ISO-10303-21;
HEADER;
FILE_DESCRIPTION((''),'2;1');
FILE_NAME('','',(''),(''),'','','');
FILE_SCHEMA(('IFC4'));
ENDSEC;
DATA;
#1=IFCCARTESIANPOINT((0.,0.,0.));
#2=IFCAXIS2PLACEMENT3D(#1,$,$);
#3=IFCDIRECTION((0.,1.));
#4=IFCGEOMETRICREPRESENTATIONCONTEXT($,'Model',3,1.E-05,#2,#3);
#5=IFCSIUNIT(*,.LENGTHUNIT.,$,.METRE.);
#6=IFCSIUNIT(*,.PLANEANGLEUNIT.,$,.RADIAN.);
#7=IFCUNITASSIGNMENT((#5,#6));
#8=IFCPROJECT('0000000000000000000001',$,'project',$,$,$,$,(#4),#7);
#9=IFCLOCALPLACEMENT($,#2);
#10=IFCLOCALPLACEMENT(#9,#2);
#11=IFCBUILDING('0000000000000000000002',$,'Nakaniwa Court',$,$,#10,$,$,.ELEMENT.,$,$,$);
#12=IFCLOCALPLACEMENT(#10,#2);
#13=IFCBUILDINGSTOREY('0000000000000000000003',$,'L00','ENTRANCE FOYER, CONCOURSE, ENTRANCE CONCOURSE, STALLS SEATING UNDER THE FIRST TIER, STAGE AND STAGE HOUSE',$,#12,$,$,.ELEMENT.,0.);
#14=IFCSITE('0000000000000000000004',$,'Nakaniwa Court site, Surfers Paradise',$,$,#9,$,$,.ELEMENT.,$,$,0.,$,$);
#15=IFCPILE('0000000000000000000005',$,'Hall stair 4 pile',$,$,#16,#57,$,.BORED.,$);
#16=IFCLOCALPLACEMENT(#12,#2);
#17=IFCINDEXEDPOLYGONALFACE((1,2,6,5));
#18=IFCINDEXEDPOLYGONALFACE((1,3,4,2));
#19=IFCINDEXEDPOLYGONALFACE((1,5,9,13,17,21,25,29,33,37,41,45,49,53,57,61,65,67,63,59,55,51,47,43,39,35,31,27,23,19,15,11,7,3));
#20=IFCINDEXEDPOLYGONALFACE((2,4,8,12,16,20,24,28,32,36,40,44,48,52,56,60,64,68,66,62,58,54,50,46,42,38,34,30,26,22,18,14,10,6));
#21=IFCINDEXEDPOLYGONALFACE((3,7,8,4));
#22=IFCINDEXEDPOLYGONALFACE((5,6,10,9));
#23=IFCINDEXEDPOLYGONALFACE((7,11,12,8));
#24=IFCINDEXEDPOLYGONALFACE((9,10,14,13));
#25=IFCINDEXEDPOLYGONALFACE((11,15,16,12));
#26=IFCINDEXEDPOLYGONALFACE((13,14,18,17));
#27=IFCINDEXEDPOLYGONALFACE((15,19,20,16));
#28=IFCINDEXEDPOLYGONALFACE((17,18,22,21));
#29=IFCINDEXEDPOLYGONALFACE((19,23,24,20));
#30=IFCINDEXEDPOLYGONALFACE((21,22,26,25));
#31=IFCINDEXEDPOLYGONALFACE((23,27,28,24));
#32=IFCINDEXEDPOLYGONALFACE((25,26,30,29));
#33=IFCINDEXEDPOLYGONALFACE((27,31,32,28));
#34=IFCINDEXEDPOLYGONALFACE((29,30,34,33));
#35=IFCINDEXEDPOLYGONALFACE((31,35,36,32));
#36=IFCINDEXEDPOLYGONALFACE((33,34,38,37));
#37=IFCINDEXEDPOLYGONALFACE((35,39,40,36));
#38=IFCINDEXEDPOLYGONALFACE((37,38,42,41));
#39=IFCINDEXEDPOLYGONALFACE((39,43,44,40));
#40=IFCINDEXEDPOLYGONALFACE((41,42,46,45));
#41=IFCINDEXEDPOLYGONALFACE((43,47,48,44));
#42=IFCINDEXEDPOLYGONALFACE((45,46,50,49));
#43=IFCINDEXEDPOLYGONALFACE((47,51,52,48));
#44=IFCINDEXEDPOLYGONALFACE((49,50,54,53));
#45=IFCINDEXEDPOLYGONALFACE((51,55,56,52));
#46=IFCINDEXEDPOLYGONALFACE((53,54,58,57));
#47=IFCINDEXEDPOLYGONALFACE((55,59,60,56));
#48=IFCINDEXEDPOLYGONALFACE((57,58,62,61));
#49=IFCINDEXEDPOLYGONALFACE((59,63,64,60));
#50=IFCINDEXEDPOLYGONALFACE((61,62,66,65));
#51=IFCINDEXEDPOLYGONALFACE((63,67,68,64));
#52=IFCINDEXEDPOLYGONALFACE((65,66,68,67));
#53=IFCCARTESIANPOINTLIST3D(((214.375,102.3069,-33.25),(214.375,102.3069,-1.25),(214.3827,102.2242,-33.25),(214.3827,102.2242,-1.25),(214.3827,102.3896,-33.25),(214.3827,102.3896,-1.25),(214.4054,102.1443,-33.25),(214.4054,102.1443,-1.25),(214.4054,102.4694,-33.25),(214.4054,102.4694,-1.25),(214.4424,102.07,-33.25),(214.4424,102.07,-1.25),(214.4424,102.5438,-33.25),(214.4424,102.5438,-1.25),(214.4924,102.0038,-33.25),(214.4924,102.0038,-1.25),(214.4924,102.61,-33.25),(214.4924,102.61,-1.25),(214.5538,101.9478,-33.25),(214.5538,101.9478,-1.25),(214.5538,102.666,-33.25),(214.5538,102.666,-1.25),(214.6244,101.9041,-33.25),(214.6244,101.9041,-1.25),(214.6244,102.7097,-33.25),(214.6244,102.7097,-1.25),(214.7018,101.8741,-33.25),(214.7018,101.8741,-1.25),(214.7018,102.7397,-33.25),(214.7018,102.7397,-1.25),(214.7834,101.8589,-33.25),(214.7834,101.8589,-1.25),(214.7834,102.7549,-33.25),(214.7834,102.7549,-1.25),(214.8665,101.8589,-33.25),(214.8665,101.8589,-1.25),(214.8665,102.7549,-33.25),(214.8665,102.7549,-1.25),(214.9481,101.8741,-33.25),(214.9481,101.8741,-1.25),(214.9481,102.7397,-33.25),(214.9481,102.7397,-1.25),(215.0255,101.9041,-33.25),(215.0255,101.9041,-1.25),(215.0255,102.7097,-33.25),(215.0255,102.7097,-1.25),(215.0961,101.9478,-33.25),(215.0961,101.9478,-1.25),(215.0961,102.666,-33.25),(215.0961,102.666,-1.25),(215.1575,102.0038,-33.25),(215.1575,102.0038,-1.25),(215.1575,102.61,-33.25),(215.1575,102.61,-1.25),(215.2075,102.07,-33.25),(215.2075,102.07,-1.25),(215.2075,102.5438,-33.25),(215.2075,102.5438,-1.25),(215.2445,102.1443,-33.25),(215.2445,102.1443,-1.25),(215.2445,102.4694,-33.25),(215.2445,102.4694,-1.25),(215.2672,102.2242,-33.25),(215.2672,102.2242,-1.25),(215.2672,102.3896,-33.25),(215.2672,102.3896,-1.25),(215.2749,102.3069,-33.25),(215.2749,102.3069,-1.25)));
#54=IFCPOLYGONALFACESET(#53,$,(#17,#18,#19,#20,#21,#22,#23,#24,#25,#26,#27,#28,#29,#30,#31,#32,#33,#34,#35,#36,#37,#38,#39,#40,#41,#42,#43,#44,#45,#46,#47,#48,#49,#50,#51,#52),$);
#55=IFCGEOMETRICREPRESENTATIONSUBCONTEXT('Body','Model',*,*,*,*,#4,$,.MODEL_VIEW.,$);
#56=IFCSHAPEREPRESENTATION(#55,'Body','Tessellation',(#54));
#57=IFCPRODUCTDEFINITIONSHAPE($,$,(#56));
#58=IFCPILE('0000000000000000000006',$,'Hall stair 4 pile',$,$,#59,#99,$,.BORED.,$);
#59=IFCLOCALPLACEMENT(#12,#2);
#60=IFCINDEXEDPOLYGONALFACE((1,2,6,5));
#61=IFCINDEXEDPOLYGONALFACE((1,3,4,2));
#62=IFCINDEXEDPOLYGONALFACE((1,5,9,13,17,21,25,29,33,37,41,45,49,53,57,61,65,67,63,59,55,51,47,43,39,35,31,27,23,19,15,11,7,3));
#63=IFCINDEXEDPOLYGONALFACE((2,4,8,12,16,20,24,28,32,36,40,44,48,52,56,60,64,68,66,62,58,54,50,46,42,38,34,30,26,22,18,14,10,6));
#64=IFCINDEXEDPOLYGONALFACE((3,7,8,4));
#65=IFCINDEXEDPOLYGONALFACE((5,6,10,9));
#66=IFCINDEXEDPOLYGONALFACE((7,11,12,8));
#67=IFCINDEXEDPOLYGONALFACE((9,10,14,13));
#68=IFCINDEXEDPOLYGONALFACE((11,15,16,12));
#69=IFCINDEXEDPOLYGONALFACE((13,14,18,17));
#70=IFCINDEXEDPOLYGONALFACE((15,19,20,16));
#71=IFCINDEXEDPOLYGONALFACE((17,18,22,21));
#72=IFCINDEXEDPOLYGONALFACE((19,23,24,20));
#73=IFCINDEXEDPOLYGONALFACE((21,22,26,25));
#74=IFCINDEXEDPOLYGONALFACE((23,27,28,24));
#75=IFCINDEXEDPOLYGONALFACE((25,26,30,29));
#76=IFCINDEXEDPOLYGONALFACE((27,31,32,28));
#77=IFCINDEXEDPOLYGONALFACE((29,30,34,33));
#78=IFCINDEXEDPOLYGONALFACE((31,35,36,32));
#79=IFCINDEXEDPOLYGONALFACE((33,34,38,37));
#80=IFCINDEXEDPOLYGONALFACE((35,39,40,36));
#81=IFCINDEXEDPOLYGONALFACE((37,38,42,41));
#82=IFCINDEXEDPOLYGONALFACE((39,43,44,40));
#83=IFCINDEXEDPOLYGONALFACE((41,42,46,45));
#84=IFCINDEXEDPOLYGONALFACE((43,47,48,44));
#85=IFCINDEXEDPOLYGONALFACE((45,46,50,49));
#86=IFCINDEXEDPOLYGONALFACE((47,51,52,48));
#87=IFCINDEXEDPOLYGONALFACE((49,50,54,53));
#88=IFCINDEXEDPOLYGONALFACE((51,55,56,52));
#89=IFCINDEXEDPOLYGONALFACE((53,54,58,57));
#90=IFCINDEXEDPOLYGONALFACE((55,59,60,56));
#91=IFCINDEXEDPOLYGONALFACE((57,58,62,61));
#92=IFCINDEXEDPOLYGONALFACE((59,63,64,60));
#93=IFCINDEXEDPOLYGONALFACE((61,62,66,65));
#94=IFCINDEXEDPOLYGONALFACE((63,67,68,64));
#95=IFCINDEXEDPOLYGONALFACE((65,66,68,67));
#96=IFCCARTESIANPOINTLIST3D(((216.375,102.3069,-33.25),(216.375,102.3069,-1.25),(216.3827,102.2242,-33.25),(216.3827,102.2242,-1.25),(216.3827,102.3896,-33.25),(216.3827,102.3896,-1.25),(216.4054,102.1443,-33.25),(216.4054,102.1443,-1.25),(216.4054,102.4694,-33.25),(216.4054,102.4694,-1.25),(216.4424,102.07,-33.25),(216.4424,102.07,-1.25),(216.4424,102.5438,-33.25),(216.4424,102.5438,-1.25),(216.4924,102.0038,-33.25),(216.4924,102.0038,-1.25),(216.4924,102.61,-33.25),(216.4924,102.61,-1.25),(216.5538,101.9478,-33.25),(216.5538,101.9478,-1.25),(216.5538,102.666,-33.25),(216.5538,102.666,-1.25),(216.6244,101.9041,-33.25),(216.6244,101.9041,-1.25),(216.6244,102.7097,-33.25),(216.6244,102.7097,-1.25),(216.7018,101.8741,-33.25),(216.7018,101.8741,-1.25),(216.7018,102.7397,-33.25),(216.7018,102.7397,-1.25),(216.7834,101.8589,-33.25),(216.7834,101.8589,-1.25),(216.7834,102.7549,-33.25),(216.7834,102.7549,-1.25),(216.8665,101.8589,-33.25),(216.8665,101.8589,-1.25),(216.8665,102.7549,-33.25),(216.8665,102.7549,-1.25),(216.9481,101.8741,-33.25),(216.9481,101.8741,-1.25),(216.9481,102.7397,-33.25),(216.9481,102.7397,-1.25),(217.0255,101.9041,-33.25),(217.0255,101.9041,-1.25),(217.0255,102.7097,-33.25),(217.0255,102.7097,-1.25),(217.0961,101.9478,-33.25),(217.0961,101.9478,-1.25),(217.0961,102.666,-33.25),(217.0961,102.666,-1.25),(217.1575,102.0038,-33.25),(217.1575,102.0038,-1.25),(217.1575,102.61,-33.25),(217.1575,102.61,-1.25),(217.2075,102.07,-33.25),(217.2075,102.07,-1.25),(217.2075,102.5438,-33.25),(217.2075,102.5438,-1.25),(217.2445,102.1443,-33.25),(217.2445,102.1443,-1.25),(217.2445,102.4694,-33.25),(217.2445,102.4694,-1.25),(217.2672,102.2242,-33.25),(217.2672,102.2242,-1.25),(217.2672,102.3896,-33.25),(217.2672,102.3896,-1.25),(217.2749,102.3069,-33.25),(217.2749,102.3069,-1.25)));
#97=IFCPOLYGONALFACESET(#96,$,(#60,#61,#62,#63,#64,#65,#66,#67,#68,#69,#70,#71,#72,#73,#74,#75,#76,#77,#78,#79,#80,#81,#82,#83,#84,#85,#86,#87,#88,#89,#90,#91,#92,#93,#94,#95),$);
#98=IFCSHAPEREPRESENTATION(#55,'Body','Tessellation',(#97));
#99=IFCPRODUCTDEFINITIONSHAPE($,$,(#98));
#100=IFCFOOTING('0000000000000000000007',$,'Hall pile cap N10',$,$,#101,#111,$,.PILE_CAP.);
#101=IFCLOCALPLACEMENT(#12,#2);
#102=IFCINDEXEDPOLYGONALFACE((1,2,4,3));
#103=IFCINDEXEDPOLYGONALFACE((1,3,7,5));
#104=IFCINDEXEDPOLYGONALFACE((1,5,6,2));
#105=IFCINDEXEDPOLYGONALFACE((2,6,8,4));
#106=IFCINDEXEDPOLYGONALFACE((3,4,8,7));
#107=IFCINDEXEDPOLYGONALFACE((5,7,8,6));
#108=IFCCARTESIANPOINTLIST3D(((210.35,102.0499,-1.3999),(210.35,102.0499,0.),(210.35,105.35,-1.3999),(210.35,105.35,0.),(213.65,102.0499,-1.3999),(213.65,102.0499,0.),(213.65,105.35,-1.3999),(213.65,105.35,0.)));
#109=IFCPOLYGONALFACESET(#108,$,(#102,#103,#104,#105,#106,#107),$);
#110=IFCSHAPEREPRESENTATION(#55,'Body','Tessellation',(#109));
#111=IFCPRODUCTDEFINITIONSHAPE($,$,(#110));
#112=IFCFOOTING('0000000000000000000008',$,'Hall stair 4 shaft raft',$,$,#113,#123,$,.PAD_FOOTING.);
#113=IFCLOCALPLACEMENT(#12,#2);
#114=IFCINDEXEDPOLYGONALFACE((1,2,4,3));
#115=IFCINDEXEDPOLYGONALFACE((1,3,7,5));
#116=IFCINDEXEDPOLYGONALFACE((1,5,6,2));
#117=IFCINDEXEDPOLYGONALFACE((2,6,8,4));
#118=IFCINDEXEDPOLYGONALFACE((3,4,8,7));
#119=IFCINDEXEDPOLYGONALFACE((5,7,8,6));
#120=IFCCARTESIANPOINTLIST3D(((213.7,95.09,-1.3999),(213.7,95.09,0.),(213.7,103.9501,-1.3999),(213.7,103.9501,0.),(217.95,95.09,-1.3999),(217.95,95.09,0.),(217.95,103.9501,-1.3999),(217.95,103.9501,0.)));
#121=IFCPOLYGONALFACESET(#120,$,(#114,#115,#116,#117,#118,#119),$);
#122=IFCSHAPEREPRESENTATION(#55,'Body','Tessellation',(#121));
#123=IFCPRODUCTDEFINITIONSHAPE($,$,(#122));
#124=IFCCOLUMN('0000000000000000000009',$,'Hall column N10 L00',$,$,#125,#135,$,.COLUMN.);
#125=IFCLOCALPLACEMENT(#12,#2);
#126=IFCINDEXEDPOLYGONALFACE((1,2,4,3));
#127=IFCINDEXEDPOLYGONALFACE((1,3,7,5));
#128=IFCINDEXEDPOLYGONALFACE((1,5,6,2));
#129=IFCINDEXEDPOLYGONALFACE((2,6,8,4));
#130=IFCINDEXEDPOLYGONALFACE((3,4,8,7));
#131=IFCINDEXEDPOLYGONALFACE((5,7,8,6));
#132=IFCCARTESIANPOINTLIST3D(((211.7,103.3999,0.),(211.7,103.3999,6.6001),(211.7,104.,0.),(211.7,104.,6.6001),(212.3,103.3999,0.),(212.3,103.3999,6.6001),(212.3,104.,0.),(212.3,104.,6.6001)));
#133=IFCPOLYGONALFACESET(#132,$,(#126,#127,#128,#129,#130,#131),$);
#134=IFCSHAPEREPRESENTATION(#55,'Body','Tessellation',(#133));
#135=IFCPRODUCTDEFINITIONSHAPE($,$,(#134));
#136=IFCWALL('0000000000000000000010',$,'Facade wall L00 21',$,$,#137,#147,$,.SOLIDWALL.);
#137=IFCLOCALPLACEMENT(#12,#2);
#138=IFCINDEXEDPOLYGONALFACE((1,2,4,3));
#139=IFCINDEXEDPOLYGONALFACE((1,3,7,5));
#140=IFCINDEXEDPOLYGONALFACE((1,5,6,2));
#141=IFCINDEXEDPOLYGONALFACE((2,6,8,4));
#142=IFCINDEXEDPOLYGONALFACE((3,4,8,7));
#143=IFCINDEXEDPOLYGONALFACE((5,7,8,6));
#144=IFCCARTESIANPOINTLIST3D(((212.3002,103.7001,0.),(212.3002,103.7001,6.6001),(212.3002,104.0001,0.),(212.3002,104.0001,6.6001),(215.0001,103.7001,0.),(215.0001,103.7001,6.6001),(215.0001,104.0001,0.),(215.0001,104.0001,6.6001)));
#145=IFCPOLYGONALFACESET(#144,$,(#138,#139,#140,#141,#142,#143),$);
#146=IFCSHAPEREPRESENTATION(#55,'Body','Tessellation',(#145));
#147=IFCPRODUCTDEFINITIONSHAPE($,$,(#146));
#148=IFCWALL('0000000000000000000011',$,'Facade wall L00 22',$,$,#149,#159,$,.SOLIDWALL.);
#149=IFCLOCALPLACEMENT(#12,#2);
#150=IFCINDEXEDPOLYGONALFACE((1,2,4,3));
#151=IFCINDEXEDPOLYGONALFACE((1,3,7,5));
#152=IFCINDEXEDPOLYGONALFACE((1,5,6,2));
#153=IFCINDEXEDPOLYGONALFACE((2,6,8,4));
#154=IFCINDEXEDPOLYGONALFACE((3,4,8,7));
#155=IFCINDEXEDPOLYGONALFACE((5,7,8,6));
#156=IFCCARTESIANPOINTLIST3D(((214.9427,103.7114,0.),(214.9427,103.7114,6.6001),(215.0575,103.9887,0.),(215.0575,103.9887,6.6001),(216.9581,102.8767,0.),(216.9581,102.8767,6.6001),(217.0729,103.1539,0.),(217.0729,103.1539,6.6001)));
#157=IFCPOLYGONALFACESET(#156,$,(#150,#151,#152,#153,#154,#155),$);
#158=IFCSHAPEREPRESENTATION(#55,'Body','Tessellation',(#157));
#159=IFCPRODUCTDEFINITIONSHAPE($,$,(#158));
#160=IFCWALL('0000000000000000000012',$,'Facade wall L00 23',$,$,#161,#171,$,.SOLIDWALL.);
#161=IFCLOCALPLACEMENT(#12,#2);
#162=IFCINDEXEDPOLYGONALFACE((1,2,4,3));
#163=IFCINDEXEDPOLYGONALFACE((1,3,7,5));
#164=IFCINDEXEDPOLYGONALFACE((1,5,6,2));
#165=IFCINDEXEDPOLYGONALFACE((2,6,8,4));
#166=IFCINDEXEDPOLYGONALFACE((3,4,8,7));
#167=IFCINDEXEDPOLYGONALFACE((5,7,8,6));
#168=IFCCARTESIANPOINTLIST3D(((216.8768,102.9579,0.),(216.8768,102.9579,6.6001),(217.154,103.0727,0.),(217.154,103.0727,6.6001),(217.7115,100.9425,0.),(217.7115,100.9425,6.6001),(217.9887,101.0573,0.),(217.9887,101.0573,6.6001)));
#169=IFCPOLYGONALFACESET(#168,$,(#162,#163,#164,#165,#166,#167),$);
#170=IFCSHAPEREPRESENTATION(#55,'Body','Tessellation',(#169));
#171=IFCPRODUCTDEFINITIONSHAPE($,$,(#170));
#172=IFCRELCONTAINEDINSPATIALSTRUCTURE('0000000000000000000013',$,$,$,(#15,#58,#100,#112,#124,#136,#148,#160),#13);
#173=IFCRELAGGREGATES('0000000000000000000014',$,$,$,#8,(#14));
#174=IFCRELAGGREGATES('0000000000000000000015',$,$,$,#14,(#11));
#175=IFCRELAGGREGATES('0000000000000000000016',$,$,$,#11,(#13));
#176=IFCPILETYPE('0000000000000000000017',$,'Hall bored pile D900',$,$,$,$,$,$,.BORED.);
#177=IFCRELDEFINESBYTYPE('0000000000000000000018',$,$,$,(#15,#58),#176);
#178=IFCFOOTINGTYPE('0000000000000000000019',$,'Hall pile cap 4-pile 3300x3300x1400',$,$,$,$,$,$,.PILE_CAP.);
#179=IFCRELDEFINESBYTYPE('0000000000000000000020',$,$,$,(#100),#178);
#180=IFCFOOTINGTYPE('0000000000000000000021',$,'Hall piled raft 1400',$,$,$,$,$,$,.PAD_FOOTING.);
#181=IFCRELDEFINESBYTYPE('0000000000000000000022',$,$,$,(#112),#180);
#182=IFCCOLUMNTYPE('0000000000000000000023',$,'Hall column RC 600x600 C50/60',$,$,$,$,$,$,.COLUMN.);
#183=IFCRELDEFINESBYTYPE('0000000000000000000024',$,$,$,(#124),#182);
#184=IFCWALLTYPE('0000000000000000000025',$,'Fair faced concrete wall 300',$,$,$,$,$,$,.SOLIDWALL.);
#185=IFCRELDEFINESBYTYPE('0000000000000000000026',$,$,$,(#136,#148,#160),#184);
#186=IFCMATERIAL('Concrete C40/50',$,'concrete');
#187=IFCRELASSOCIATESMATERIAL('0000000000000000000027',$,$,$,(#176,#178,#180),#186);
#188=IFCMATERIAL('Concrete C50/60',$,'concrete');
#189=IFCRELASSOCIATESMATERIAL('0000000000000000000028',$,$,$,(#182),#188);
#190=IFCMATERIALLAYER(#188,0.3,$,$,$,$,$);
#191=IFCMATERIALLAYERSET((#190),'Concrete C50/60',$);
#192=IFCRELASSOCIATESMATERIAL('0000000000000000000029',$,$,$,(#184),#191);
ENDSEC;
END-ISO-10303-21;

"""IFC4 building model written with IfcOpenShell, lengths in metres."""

from ifc_helpers import new_model, si_unit, direction, frame, frame_2d, origin, origin_2d, place, context, subcontext, project, spatial, rectangle, circle, extrude, material, layer, layer_set, material_profile, profile_set, type_object, element, save


model = new_model("IFC4")

# Units and contexts
model_context = context("Model", 3, precision=1e-05, world=origin(), true_north=direction((0.0, 1.0)))
body_context = subcontext(model_context, "Body", "Model", "MODEL_VIEW")
ifc_project = project(units=[si_unit("LENGTHUNIT", "METRE"), si_unit("PLANEANGLEUNIT", "RADIAN")], contexts=[model_context])

# Site, building, storey
site_placement = place(None, origin())
site = spatial("IfcSite", under=ifc_project, at=site_placement, Name="Nakaniwa Court site, Surfers Paradise", CompositionType="ELEMENT", RefElevation=0.0)
building_placement = place(site_placement, origin())
building = spatial("IfcBuilding", under=site, at=building_placement, Name="Nakaniwa Court", CompositionType="ELEMENT")
storey_placement = place(building_placement, origin())
storey = spatial("IfcBuildingStorey", under=building, at=storey_placement, Name="L00", Description="ENTRANCE FOYER, CONCOURSE, ENTRANCE CONCOURSE, STALLS SEATING UNDER THE FIRST TIER, STAGE AND STAGE HOUSE", CompositionType="ELEMENT", Elevation=0.0)

# Piles
ifc_material_1 = material(Name="Concrete C40/50", Category="concrete")
ifc_material_profile_1 = material_profile(ifc_material_1, circle(Radius=0.45, at=origin_2d()), Name="Bored pile D900")
ifc_profile_set_1 = profile_set([ifc_material_profile_1], Name="Concrete C40/50")
pile_type = type_object("IfcPileType", Name="Hall bored pile D900", PredefinedType="BORED", material=ifc_profile_set_1)
for number, where, z_axis, x_axis, name in (
    (1, (214.825, 102.3069, -1.25), (0.0, 0.0, -1.0), (1.0, 0.0, 0.0), "Hall stair 4 pile"),
    (2, (216.825, 102.3069, -1.25), (0.0, 0.0, -1.0), (1.0, 0.0, 0.0), "Hall stair 4 pile"),
):
    element("IfcPile", number, at=place(storey_placement, frame(where, z_axis=z_axis, x_axis=x_axis)), inside=storey, type_object=pile_type, Name=name, PredefinedType="BORED", context=body_context, shape_type="SweptSolid", body=[
        extrude(circle(Radius=0.45, at=origin_2d()), origin(), (0.0, 0.0, 1.0), 32.0),
    ])

# Footings
footing_type_1 = type_object("IfcFootingType", Name="Hall pile cap 4-pile 3300x3300x1400", PredefinedType="PILE_CAP", material=ifc_material_1)
footing_1_placement = place(storey_placement, frame((212.0, 103.7, -1.3999), z_axis=(0.0, 0.0, 1.0), x_axis=(1.0, 0.0, 0.0)))
element("IfcFooting", 3, at=footing_1_placement, inside=storey, type_object=footing_type_1, Name="Hall pile cap N10", PredefinedType="PILE_CAP", context=body_context, shape_type="SweptSolid", body=[
    extrude(rectangle(XDim=3.3, YDim=3.3, at=origin_2d()), origin(), (0.0, 0.0, 1.0), 1.3999),
])
footing_type_2 = type_object("IfcFootingType", Name="Hall piled raft 1400", PredefinedType="PAD_FOOTING", material=ifc_material_1)
footing_2_placement = place(storey_placement, frame((215.825, 99.52, -1.3999), z_axis=(0.0, 0.0, 1.0), x_axis=(1.0, 0.0, 0.0)))
element("IfcFooting", 4, at=footing_2_placement, inside=storey, type_object=footing_type_2, Name="Hall stair 4 shaft raft", PredefinedType="PAD_FOOTING", context=body_context, shape_type="SweptSolid", body=[
    extrude(rectangle(XDim=4.25, YDim=8.8601, at=origin_2d()), origin(), (0.0, 0.0, 1.0), 1.3999),
])

# Column
ifc_material_2 = material(Name="Concrete C50/60", Category="concrete")
ifc_material_profile_2 = material_profile(ifc_material_2, rectangle(XDim=0.6001, YDim=0.6001, at=origin_2d()), Name="RC 600x600")
ifc_profile_set_2 = profile_set([ifc_material_profile_2], Name="Concrete C50/60")
column_type = type_object("IfcColumnType", Name="Hall column RC 600x600 C50/60", PredefinedType="COLUMN", material=ifc_profile_set_2)
column_placement = place(storey_placement, frame((212.0, 103.7, 0.0), z_axis=(0.0, 0.0, 1.0), x_axis=(1.0, 0.0, 0.0)))
element("IfcColumn", 5, at=column_placement, inside=storey, type_object=column_type, Name="Hall column N10 L00", PredefinedType="COLUMN", context=body_context, shape_type="SweptSolid", body=[
    extrude(rectangle(XDim=0.6001, YDim=0.6001, at=origin_2d()), origin(), (0.0, 0.0, 1.0), 6.6001),
])

# Walls
ifc_layer_1 = layer(ifc_material_2, 0.3)
ifc_layer_set_1 = layer_set([ifc_layer_1], Name="Concrete C50/60")
wall_type_1 = type_object("IfcWallType", Name="Fair faced concrete wall 300", PredefinedType="SOLIDWALL", material=ifc_layer_set_1)
wall_1_placement = place(storey_placement, frame((212.3, 103.8501, 0.0), z_axis=(0.0, 0.0, 1.0), x_axis=(1.0, 0.0, 0.0)))
element("IfcWall", 6, at=wall_1_placement, inside=storey, type_object=wall_type_1, Name="Facade wall L00 21", PredefinedType="SOLIDWALL", context=body_context, shape_type="SweptSolid", body=[
    extrude(rectangle(XDim=2.7, YDim=0.3, at=frame_2d((1.3501, 0.0))), origin(), (0.0, 0.0, 1.0), 6.6001),
])
for number, where, z_axis, x_axis, name in (
    (7, (215.0, 103.8501, 0.0), (0.0, 0.0, 1.0), (0.923893, -0.382652, 0.0), "Facade wall L00 22"),
    (8, (217.0154, 103.0154, 0.0), (0.0, 0.0, 1.0), (0.382652, -0.923893, 0.0), "Facade wall L00 23"),
):
    element("IfcWall", number, at=place(storey_placement, frame(where, z_axis=z_axis, x_axis=x_axis)), inside=storey, type_object=wall_type_1, Name=name, PredefinedType="SOLIDWALL", context=body_context, shape_type="SweptSolid", body=[
        extrude(rectangle(XDim=2.1814, YDim=0.3, at=frame_2d((1.0908, 0.0))), origin(), (0.0, 0.0, 1.0), 6.6001),
    ])

save(model, "model.ifc")
